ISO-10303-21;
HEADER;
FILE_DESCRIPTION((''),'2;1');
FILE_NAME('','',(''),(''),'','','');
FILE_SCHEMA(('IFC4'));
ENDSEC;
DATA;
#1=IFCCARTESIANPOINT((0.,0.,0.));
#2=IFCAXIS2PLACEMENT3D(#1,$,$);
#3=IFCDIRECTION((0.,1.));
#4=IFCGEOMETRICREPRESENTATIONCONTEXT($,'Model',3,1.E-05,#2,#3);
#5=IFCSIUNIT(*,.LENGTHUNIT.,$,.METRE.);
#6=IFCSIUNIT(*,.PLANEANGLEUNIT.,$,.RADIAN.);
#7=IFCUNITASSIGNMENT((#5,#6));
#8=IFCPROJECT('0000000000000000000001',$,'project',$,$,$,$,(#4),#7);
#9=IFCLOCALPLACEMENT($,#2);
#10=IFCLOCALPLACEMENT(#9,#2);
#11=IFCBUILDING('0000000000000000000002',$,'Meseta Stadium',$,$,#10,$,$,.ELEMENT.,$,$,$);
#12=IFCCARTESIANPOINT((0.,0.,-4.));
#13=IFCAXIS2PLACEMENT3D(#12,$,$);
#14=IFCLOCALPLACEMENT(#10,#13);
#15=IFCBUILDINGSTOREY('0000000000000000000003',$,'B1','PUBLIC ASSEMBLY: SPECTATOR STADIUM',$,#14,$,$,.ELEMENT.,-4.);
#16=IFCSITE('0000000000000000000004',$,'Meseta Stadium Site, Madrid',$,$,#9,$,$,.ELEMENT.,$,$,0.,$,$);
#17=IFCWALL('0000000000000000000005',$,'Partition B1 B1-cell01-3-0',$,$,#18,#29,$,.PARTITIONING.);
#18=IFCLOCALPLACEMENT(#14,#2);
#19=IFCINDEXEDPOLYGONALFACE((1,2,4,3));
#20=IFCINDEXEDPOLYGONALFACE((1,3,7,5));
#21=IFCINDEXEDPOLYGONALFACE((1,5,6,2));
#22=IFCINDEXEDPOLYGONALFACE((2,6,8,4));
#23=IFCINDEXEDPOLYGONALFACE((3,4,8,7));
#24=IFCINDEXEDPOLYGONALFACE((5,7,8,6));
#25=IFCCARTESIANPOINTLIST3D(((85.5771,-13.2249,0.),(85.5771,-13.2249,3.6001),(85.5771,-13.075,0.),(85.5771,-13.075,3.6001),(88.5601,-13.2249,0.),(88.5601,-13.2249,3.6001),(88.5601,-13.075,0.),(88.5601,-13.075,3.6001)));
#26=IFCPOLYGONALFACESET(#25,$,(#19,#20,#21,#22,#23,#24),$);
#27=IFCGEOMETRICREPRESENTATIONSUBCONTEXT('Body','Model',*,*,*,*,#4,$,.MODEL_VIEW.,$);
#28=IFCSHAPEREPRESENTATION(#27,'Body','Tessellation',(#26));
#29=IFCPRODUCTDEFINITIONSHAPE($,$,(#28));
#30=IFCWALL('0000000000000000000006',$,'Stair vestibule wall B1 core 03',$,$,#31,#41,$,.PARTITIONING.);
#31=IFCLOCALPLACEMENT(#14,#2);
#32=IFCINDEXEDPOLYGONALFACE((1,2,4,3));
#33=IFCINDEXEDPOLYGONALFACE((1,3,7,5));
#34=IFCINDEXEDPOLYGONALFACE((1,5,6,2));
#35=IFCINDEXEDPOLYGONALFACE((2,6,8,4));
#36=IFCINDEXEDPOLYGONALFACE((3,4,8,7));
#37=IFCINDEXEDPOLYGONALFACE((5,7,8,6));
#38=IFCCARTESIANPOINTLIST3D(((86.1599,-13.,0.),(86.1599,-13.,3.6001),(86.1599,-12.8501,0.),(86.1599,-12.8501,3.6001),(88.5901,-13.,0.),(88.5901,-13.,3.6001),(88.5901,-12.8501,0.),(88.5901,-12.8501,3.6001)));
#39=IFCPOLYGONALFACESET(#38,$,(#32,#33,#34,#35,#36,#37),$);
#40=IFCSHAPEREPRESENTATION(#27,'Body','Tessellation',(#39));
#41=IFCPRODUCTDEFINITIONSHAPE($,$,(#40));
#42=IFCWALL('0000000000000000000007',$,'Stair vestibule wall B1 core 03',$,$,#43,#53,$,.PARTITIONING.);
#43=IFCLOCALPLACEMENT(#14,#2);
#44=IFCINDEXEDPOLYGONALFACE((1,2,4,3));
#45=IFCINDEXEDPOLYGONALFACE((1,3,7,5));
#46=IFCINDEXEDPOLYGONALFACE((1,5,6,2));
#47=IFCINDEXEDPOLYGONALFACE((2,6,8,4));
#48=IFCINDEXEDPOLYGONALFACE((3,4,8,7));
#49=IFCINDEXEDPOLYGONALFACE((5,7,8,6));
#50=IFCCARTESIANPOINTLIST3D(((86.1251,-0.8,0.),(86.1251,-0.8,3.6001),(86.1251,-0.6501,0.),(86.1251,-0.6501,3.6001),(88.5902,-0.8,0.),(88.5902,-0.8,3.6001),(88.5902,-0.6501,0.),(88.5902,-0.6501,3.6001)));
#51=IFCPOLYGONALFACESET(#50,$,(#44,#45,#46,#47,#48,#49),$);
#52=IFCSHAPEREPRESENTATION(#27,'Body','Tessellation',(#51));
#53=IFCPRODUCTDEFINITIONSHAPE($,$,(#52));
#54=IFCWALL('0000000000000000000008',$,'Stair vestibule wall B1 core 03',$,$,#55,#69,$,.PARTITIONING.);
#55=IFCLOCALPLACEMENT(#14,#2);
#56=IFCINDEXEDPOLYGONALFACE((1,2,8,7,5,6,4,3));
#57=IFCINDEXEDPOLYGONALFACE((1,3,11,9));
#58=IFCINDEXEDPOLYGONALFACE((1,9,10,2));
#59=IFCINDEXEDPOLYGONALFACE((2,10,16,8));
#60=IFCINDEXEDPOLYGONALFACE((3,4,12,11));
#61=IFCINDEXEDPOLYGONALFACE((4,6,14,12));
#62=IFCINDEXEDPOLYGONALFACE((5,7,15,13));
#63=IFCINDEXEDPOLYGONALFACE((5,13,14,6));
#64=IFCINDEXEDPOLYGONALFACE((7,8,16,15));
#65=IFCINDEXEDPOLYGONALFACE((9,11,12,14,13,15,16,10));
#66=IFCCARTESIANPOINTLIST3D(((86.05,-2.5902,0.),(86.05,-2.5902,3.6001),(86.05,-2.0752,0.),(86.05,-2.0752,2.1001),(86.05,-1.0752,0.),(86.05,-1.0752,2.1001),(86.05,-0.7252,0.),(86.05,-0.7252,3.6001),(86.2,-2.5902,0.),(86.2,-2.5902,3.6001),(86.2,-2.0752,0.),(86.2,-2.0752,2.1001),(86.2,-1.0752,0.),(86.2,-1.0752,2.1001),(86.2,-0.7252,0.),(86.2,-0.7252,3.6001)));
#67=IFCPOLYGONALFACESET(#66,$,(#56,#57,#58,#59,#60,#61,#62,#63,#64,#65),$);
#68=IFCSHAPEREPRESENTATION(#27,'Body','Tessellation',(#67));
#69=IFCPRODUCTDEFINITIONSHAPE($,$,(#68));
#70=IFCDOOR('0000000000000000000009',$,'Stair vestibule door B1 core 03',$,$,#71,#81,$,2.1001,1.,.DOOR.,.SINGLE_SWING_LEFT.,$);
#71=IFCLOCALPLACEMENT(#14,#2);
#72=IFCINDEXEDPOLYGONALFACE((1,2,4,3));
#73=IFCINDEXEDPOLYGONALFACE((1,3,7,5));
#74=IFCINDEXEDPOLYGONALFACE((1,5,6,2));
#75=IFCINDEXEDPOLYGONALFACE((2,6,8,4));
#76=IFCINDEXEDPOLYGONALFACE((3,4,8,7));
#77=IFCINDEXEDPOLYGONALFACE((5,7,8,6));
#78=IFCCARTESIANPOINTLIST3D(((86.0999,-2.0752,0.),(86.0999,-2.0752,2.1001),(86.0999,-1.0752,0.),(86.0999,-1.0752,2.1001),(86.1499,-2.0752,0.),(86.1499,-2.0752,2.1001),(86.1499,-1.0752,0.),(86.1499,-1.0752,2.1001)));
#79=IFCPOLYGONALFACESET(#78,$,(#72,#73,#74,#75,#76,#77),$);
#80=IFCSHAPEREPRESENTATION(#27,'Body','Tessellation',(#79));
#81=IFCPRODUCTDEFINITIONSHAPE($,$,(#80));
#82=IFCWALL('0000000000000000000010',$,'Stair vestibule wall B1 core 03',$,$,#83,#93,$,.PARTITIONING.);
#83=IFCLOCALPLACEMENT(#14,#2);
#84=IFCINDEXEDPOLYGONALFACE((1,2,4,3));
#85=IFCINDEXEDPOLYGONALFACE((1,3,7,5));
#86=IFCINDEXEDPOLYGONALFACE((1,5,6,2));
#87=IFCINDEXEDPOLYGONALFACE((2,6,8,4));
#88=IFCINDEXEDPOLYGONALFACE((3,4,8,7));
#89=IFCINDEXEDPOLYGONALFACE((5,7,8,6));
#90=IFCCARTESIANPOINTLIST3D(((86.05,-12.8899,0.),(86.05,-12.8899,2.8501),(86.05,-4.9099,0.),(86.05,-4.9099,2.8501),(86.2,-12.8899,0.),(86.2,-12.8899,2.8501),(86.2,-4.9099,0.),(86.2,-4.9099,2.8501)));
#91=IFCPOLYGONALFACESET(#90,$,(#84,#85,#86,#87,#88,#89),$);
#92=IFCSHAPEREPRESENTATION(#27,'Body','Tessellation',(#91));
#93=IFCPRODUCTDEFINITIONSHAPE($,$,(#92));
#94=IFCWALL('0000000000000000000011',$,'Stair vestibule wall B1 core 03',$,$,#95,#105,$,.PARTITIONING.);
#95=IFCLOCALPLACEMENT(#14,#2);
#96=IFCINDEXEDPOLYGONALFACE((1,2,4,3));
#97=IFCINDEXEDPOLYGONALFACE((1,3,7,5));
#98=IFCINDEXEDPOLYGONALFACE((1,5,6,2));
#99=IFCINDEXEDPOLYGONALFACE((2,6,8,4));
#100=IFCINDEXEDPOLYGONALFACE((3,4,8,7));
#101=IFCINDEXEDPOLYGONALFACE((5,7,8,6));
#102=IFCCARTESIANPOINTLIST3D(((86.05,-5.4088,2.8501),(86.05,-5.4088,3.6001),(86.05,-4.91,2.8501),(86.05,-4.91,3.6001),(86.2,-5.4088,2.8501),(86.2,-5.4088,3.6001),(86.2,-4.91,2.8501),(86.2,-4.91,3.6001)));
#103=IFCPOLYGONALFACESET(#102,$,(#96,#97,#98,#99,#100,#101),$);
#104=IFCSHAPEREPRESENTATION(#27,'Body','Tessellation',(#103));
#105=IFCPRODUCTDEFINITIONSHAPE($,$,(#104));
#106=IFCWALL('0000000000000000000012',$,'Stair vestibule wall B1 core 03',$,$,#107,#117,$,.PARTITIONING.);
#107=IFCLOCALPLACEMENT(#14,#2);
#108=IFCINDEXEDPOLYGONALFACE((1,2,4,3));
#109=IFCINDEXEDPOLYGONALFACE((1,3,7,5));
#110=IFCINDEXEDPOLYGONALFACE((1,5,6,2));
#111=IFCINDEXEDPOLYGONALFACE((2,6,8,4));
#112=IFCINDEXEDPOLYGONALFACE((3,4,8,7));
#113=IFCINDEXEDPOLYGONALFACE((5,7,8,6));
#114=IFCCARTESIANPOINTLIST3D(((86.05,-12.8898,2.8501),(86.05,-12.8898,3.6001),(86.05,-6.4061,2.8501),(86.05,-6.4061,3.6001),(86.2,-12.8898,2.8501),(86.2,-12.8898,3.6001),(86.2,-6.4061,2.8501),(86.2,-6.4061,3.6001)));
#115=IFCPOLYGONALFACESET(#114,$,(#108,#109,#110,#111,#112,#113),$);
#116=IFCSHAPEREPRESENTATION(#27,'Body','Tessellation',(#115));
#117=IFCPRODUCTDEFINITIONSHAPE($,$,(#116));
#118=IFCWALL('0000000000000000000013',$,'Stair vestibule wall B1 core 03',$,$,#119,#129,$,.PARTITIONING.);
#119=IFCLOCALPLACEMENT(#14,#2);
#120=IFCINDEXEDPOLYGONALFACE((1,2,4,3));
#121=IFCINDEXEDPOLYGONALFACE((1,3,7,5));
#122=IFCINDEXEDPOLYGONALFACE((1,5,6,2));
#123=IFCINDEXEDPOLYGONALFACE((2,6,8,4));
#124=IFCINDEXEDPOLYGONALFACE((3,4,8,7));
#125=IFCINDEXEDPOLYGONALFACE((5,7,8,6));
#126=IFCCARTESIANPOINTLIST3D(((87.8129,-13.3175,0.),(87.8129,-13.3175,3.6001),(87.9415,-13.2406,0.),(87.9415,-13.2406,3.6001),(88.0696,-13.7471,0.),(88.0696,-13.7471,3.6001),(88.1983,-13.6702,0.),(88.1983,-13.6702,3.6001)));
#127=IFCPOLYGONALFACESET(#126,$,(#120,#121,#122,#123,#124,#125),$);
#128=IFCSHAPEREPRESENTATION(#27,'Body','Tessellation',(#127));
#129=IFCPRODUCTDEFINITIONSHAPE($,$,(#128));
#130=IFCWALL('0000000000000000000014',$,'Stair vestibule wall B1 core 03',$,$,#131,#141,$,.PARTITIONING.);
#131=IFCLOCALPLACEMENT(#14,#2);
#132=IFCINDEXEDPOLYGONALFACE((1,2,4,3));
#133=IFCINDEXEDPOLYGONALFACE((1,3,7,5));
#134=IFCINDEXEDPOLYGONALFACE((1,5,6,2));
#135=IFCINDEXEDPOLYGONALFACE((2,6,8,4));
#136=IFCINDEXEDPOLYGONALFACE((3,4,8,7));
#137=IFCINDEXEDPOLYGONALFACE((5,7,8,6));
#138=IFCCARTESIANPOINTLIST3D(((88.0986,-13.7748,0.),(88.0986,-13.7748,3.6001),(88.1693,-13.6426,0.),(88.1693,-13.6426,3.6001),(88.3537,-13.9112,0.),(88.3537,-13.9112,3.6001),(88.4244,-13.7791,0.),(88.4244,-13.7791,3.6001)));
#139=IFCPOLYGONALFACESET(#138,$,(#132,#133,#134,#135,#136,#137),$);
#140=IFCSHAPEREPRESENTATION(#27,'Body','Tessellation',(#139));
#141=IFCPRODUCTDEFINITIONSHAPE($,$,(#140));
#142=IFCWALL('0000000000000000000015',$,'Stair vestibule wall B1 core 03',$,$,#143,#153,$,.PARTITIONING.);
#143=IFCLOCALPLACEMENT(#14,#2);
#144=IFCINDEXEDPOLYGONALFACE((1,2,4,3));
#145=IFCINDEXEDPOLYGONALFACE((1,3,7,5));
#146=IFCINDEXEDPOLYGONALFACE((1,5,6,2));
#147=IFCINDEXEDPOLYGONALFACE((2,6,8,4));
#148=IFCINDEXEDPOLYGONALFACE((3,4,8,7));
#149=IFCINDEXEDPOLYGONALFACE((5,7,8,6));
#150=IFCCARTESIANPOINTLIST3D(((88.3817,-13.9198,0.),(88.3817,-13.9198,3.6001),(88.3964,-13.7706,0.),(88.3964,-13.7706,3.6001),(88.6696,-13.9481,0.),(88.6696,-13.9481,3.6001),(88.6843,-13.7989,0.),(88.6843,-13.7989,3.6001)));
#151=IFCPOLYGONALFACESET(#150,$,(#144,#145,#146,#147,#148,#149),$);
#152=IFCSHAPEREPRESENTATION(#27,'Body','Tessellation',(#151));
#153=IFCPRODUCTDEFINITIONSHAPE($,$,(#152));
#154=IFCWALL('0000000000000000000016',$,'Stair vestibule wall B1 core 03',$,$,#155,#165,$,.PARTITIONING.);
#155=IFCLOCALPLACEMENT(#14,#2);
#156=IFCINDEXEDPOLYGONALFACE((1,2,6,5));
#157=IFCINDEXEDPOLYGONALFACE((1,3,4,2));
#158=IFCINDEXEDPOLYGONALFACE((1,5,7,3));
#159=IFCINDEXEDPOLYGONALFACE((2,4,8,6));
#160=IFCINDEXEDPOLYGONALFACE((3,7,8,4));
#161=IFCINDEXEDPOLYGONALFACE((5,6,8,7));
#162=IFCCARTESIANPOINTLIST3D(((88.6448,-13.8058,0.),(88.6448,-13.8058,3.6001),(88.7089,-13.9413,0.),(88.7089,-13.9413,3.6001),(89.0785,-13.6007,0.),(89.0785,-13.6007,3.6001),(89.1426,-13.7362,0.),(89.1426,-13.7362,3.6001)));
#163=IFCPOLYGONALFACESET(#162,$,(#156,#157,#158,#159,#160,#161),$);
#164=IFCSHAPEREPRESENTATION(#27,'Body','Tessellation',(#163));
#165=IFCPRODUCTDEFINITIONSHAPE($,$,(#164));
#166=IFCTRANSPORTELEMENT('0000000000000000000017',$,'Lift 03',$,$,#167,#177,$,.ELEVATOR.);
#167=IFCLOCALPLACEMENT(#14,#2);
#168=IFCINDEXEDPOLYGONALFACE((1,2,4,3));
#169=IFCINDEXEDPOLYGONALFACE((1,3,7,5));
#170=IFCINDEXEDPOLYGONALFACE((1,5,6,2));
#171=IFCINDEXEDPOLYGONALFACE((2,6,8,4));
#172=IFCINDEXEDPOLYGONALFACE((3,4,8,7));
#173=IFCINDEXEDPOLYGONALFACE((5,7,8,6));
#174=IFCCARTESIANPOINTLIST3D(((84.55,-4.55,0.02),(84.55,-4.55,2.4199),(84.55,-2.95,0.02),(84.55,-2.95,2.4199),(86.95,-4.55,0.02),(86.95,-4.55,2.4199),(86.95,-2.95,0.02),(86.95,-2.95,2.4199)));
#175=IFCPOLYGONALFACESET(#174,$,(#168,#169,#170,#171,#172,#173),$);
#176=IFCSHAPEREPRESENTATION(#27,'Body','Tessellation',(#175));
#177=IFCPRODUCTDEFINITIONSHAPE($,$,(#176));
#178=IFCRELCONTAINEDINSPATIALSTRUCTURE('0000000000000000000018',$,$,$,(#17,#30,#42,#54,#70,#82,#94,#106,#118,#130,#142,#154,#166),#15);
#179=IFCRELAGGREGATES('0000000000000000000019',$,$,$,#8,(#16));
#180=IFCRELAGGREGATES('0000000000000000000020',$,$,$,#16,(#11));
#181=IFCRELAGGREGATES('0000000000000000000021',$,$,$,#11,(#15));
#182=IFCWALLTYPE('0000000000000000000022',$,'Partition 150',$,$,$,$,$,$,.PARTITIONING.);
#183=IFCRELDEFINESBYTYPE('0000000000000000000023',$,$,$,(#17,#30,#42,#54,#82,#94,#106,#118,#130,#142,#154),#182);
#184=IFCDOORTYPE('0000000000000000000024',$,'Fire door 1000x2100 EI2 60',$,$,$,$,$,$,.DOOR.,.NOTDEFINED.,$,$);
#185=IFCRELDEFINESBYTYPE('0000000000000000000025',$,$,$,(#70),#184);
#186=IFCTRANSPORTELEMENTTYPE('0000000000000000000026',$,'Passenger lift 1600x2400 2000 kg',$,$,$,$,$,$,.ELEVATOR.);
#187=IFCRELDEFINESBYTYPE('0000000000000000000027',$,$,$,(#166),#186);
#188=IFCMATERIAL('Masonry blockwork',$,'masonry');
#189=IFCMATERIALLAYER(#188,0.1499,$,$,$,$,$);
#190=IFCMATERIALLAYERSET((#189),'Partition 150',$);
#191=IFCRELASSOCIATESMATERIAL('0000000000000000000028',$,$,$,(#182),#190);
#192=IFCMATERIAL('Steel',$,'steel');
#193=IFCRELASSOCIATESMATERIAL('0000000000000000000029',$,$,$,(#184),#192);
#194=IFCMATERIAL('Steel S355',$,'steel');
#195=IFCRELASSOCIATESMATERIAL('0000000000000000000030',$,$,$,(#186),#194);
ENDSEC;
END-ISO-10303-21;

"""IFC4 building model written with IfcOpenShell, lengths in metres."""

from ifc_helpers import new_model, si_unit, direction, frame, frame_2d, origin, origin_2d, place, context, subcontext, project, spatial, rectangle, extrude, material, layer, layer_set, type_object, element, fill, save


model = new_model("IFC4")

# Units and contexts
model_context = context("Model", 3, precision=1e-05, world=origin(), true_north=direction((0.0, 1.0)))
body_context = subcontext(model_context, "Body", "Model", "MODEL_VIEW")
ifc_project = project(units=[si_unit("LENGTHUNIT", "METRE"), si_unit("PLANEANGLEUNIT", "RADIAN")], contexts=[model_context])

# Site, building, storey
site_placement = place(None, origin())
site = spatial("IfcSite", under=ifc_project, at=site_placement, Name="Meseta Stadium Site, Madrid", CompositionType="ELEMENT", RefElevation=0.0)
building_placement = place(site_placement, origin())
building = spatial("IfcBuilding", under=site, at=building_placement, Name="Meseta Stadium", CompositionType="ELEMENT")
storey_placement = place(building_placement, frame((0.0, 0.0, -4.0)))
storey = spatial("IfcBuildingStorey", under=building, at=storey_placement, Name="B1", Description="PUBLIC ASSEMBLY: SPECTATOR STADIUM", CompositionType="ELEMENT", Elevation=-4.0)

# Walls
ifc_material_1 = material(Name="Masonry blockwork", Category="masonry")
ifc_layer_1 = layer(ifc_material_1, 0.1499)
ifc_layer_set_1 = layer_set([ifc_layer_1], Name="Partition 150")
wall_type_1 = type_object("IfcWallType", Name="Partition 150", PredefinedType="PARTITIONING", material=ifc_layer_set_1)
wall_1_placement = place(storey_placement, frame((85.5771, -13.1499, 0.0), z_axis=(0.0, 0.0, 1.0), x_axis=(1.0, 0.0, 0.0)))
element("IfcWall", 1, at=wall_1_placement, inside=storey, type_object=wall_type_1, Name="Partition B1 B1-cell01-3-0", PredefinedType="PARTITIONING", context=body_context, shape_type="SweptSolid", body=[
    extrude(rectangle(XDim=2.9829, YDim=0.1499, at=frame_2d((1.4915, 0.0))), origin(), (0.0, 0.0, 1.0), 3.6001),
])
wall_2_placement = place(storey_placement, frame((86.1599, -12.925, 0.0), z_axis=(0.0, 0.0, 1.0), x_axis=(1.0, 0.0, 0.0)))
element("IfcWall", 2, at=wall_2_placement, inside=storey, type_object=wall_type_1, Name="Stair vestibule wall B1 core 03", PredefinedType="PARTITIONING", context=body_context, shape_type="SweptSolid", body=[
    extrude(rectangle(XDim=2.4302, YDim=0.1499, at=frame_2d((1.2151, 0.0))), origin(), (0.0, 0.0, 1.0), 3.6001),
])
wall_3_placement = place(storey_placement, frame((88.5901, -0.7251, 0.0), z_axis=(0.0, 0.0, 1.0), x_axis=(-1.0, 0.0, 0.0)))
element("IfcWall", 3, at=wall_3_placement, inside=storey, type_object=wall_type_1, Name="Stair vestibule wall B1 core 03", PredefinedType="PARTITIONING", context=body_context, shape_type="SweptSolid", body=[
    extrude(rectangle(XDim=2.4651, YDim=0.1499, at=frame_2d((1.2324, 0.0))), origin(), (0.0, 0.0, 1.0), 3.6001),
])

# Wall, opening, door
wall_4_placement = place(storey_placement, frame((86.125, -0.7251, 0.0), z_axis=(0.0, 0.0, 1.0), x_axis=(0.0, -1.0, 0.0)))
wall_4 = element("IfcWall", 4, at=wall_4_placement, inside=storey, type_object=wall_type_1, Name="Stair vestibule wall B1 core 03", PredefinedType="PARTITIONING", context=body_context, shape_type="SweptSolid", body=[
    extrude(rectangle(XDim=1.865, YDim=0.1499, at=frame_2d((0.9326, 0.0))), origin(), (0.0, 0.0, 1.0), 3.6001),
])
opening_1_placement = place(wall_4_placement, frame((0.3501, 0.0, 0.0)))
opening_1 = element("IfcOpeningElement", 5, at=opening_1_placement, cuts=wall_4, PredefinedType="OPENING", context=body_context, shape_type="SweptSolid", body=[
    extrude(rectangle(XDim=1.0, YDim=2.1001, at=frame_2d((0.5, 1.05))), frame((0.0, 0.085, 0.0), z_axis=(0.0, -1.0, 0.0), x_axis=(1.0, 0.0, 0.0)), (0.0, 0.0, 1.0), 0.1699),
])
ifc_material_2 = material(Name="Steel", Category="steel")
door_type_1 = type_object("IfcDoorType", Name="Fire door 1000x2100 EI2 60", OperationType="NOTDEFINED", PredefinedType="DOOR", material=ifc_material_2)
door_1_placement = place(opening_1_placement, origin())
door_1 = element("IfcDoor", 6, at=door_1_placement, inside=storey, type_object=door_type_1, Name="Stair vestibule door B1 core 03", OperationType="SINGLE_SWING_LEFT", OverallHeight=2.1001, OverallWidth=1.0, PredefinedType="DOOR", context=body_context, shape_type="SweptSolid", body=[
    extrude(rectangle(XDim=1.0, YDim=2.1001, at=frame_2d((0.5, 1.05))), frame((0.0, 0.0249, 0.0), z_axis=(0.0, -1.0, 0.0), x_axis=(1.0, 0.0, 0.0)), (0.0, 0.0, 1.0), 0.05),
])
fill(opening_1, door_1)

# Walls
wall_5_placement = place(storey_placement, frame((86.125, -4.9099, 0.0), z_axis=(0.0, 0.0, 1.0), x_axis=(0.0, -1.0, 0.0)))
element("IfcWall", 7, at=wall_5_placement, inside=storey, type_object=wall_type_1, Name="Stair vestibule wall B1 core 03", PredefinedType="PARTITIONING", context=body_context, shape_type="SweptSolid", body=[
    extrude(rectangle(XDim=7.98, YDim=0.1499, at=frame_2d((3.99, 0.0))), origin(), (0.0, 0.0, 1.0), 2.8501),
])
wall_6_placement = place(storey_placement, frame((86.125, -4.9099, 2.8501), z_axis=(0.0, 0.0, 1.0), x_axis=(0.0, -1.0, 0.0)))
element("IfcWall", 8, at=wall_6_placement, inside=storey, type_object=wall_type_1, Name="Stair vestibule wall B1 core 03", PredefinedType="PARTITIONING", context=body_context, shape_type="SweptSolid", body=[
    extrude(rectangle(XDim=0.4988, YDim=0.1499, at=frame_2d((0.2495, 0.0))), origin(), (0.0, 0.0, 1.0), 0.75),
])
wall_7_placement = place(storey_placement, frame((86.125, -6.4062, 2.8501), z_axis=(0.0, 0.0, 1.0), x_axis=(0.0, -1.0, 0.0)))
element("IfcWall", 9, at=wall_7_placement, inside=storey, type_object=wall_type_1, Name="Stair vestibule wall B1 core 03", PredefinedType="PARTITIONING", context=body_context, shape_type="SweptSolid", body=[
    extrude(rectangle(XDim=6.4836, YDim=0.1499, at=frame_2d((3.2417, 0.0))), origin(), (0.0, 0.0, 1.0), 0.75),
])
wall_8_placement = place(storey_placement, frame((87.8772, -13.2791, 0.0), z_axis=(0.0, 0.0, 1.0), x_axis=(0.513061, -0.858352, 0.0)))
element("IfcWall", 10, at=wall_8_placement, inside=storey, type_object=wall_type_1, Name="Stair vestibule wall B1 core 03", PredefinedType="PARTITIONING", context=body_context, shape_type="SweptSolid", body=[
    extrude(rectangle(XDim=0.5005, YDim=0.1499, at=frame_2d((0.2502, 0.0))), origin(), (0.0, 0.0, 1.0), 3.6001),
])
for number, where, z_axis, x_axis, name in (
    (11, (88.134, -13.7087, 0.0), (0.0, 0.0, 1.0), (0.881768, -0.471683, 0.0), "Stair vestibule wall B1 core 03"),
    (12, (88.3892, -13.8452, 0.0), (0.0, 0.0, 1.0), (0.995195, -0.097916, 0.0), "Stair vestibule wall B1 core 03"),
):
    element("IfcWall", number, at=place(storey_placement, frame(where, z_axis=z_axis, x_axis=x_axis)), inside=storey, type_object=wall_type_1, Name=name, PredefinedType="PARTITIONING", context=body_context, shape_type="SweptSolid", body=[
        extrude(rectangle(XDim=0.2893, YDim=0.1499, at=frame_2d((0.1445, 0.0))), origin(), (0.0, 0.0, 1.0), 3.6001),
    ])
wall_9_placement = place(storey_placement, frame((88.677, -13.8735, 0.0), z_axis=(0.0, 0.0, 1.0), x_axis=(0.903986, 0.427561, 0.0)))
element("IfcWall", 13, at=wall_9_placement, inside=storey, type_object=wall_type_1, Name="Stair vestibule wall B1 core 03", PredefinedType="PARTITIONING", context=body_context, shape_type="SweptSolid", body=[
    extrude(rectangle(XDim=0.4797, YDim=0.1499, at=frame_2d((0.2397, 0.0))), origin(), (0.0, 0.0, 1.0), 3.6001),
])

# Transport element
ifc_material_3 = material(Name="Steel S355", Category="steel")
transport_element_type = type_object("IfcTransportElementType", Name="Passenger lift 1600x2400 2000 kg", PredefinedType="ELEVATOR", material=ifc_material_3)
transport_element_placement = place(storey_placement, frame((85.75, -3.75, 0.02), z_axis=(0.0, 0.0, 1.0), x_axis=(-1.0, 0.0, 0.0)))
element("IfcTransportElement", 14, at=transport_element_placement, inside=storey, type_object=transport_element_type, Name="Lift 03", PredefinedType="ELEVATOR", context=body_context, shape_type="SweptSolid", body=[
    extrude(rectangle(XDim=2.3999, YDim=1.6001, at=origin_2d()), origin(), (0.0, 0.0, 1.0), 2.3999),
])

save(model, "model.ifc")
